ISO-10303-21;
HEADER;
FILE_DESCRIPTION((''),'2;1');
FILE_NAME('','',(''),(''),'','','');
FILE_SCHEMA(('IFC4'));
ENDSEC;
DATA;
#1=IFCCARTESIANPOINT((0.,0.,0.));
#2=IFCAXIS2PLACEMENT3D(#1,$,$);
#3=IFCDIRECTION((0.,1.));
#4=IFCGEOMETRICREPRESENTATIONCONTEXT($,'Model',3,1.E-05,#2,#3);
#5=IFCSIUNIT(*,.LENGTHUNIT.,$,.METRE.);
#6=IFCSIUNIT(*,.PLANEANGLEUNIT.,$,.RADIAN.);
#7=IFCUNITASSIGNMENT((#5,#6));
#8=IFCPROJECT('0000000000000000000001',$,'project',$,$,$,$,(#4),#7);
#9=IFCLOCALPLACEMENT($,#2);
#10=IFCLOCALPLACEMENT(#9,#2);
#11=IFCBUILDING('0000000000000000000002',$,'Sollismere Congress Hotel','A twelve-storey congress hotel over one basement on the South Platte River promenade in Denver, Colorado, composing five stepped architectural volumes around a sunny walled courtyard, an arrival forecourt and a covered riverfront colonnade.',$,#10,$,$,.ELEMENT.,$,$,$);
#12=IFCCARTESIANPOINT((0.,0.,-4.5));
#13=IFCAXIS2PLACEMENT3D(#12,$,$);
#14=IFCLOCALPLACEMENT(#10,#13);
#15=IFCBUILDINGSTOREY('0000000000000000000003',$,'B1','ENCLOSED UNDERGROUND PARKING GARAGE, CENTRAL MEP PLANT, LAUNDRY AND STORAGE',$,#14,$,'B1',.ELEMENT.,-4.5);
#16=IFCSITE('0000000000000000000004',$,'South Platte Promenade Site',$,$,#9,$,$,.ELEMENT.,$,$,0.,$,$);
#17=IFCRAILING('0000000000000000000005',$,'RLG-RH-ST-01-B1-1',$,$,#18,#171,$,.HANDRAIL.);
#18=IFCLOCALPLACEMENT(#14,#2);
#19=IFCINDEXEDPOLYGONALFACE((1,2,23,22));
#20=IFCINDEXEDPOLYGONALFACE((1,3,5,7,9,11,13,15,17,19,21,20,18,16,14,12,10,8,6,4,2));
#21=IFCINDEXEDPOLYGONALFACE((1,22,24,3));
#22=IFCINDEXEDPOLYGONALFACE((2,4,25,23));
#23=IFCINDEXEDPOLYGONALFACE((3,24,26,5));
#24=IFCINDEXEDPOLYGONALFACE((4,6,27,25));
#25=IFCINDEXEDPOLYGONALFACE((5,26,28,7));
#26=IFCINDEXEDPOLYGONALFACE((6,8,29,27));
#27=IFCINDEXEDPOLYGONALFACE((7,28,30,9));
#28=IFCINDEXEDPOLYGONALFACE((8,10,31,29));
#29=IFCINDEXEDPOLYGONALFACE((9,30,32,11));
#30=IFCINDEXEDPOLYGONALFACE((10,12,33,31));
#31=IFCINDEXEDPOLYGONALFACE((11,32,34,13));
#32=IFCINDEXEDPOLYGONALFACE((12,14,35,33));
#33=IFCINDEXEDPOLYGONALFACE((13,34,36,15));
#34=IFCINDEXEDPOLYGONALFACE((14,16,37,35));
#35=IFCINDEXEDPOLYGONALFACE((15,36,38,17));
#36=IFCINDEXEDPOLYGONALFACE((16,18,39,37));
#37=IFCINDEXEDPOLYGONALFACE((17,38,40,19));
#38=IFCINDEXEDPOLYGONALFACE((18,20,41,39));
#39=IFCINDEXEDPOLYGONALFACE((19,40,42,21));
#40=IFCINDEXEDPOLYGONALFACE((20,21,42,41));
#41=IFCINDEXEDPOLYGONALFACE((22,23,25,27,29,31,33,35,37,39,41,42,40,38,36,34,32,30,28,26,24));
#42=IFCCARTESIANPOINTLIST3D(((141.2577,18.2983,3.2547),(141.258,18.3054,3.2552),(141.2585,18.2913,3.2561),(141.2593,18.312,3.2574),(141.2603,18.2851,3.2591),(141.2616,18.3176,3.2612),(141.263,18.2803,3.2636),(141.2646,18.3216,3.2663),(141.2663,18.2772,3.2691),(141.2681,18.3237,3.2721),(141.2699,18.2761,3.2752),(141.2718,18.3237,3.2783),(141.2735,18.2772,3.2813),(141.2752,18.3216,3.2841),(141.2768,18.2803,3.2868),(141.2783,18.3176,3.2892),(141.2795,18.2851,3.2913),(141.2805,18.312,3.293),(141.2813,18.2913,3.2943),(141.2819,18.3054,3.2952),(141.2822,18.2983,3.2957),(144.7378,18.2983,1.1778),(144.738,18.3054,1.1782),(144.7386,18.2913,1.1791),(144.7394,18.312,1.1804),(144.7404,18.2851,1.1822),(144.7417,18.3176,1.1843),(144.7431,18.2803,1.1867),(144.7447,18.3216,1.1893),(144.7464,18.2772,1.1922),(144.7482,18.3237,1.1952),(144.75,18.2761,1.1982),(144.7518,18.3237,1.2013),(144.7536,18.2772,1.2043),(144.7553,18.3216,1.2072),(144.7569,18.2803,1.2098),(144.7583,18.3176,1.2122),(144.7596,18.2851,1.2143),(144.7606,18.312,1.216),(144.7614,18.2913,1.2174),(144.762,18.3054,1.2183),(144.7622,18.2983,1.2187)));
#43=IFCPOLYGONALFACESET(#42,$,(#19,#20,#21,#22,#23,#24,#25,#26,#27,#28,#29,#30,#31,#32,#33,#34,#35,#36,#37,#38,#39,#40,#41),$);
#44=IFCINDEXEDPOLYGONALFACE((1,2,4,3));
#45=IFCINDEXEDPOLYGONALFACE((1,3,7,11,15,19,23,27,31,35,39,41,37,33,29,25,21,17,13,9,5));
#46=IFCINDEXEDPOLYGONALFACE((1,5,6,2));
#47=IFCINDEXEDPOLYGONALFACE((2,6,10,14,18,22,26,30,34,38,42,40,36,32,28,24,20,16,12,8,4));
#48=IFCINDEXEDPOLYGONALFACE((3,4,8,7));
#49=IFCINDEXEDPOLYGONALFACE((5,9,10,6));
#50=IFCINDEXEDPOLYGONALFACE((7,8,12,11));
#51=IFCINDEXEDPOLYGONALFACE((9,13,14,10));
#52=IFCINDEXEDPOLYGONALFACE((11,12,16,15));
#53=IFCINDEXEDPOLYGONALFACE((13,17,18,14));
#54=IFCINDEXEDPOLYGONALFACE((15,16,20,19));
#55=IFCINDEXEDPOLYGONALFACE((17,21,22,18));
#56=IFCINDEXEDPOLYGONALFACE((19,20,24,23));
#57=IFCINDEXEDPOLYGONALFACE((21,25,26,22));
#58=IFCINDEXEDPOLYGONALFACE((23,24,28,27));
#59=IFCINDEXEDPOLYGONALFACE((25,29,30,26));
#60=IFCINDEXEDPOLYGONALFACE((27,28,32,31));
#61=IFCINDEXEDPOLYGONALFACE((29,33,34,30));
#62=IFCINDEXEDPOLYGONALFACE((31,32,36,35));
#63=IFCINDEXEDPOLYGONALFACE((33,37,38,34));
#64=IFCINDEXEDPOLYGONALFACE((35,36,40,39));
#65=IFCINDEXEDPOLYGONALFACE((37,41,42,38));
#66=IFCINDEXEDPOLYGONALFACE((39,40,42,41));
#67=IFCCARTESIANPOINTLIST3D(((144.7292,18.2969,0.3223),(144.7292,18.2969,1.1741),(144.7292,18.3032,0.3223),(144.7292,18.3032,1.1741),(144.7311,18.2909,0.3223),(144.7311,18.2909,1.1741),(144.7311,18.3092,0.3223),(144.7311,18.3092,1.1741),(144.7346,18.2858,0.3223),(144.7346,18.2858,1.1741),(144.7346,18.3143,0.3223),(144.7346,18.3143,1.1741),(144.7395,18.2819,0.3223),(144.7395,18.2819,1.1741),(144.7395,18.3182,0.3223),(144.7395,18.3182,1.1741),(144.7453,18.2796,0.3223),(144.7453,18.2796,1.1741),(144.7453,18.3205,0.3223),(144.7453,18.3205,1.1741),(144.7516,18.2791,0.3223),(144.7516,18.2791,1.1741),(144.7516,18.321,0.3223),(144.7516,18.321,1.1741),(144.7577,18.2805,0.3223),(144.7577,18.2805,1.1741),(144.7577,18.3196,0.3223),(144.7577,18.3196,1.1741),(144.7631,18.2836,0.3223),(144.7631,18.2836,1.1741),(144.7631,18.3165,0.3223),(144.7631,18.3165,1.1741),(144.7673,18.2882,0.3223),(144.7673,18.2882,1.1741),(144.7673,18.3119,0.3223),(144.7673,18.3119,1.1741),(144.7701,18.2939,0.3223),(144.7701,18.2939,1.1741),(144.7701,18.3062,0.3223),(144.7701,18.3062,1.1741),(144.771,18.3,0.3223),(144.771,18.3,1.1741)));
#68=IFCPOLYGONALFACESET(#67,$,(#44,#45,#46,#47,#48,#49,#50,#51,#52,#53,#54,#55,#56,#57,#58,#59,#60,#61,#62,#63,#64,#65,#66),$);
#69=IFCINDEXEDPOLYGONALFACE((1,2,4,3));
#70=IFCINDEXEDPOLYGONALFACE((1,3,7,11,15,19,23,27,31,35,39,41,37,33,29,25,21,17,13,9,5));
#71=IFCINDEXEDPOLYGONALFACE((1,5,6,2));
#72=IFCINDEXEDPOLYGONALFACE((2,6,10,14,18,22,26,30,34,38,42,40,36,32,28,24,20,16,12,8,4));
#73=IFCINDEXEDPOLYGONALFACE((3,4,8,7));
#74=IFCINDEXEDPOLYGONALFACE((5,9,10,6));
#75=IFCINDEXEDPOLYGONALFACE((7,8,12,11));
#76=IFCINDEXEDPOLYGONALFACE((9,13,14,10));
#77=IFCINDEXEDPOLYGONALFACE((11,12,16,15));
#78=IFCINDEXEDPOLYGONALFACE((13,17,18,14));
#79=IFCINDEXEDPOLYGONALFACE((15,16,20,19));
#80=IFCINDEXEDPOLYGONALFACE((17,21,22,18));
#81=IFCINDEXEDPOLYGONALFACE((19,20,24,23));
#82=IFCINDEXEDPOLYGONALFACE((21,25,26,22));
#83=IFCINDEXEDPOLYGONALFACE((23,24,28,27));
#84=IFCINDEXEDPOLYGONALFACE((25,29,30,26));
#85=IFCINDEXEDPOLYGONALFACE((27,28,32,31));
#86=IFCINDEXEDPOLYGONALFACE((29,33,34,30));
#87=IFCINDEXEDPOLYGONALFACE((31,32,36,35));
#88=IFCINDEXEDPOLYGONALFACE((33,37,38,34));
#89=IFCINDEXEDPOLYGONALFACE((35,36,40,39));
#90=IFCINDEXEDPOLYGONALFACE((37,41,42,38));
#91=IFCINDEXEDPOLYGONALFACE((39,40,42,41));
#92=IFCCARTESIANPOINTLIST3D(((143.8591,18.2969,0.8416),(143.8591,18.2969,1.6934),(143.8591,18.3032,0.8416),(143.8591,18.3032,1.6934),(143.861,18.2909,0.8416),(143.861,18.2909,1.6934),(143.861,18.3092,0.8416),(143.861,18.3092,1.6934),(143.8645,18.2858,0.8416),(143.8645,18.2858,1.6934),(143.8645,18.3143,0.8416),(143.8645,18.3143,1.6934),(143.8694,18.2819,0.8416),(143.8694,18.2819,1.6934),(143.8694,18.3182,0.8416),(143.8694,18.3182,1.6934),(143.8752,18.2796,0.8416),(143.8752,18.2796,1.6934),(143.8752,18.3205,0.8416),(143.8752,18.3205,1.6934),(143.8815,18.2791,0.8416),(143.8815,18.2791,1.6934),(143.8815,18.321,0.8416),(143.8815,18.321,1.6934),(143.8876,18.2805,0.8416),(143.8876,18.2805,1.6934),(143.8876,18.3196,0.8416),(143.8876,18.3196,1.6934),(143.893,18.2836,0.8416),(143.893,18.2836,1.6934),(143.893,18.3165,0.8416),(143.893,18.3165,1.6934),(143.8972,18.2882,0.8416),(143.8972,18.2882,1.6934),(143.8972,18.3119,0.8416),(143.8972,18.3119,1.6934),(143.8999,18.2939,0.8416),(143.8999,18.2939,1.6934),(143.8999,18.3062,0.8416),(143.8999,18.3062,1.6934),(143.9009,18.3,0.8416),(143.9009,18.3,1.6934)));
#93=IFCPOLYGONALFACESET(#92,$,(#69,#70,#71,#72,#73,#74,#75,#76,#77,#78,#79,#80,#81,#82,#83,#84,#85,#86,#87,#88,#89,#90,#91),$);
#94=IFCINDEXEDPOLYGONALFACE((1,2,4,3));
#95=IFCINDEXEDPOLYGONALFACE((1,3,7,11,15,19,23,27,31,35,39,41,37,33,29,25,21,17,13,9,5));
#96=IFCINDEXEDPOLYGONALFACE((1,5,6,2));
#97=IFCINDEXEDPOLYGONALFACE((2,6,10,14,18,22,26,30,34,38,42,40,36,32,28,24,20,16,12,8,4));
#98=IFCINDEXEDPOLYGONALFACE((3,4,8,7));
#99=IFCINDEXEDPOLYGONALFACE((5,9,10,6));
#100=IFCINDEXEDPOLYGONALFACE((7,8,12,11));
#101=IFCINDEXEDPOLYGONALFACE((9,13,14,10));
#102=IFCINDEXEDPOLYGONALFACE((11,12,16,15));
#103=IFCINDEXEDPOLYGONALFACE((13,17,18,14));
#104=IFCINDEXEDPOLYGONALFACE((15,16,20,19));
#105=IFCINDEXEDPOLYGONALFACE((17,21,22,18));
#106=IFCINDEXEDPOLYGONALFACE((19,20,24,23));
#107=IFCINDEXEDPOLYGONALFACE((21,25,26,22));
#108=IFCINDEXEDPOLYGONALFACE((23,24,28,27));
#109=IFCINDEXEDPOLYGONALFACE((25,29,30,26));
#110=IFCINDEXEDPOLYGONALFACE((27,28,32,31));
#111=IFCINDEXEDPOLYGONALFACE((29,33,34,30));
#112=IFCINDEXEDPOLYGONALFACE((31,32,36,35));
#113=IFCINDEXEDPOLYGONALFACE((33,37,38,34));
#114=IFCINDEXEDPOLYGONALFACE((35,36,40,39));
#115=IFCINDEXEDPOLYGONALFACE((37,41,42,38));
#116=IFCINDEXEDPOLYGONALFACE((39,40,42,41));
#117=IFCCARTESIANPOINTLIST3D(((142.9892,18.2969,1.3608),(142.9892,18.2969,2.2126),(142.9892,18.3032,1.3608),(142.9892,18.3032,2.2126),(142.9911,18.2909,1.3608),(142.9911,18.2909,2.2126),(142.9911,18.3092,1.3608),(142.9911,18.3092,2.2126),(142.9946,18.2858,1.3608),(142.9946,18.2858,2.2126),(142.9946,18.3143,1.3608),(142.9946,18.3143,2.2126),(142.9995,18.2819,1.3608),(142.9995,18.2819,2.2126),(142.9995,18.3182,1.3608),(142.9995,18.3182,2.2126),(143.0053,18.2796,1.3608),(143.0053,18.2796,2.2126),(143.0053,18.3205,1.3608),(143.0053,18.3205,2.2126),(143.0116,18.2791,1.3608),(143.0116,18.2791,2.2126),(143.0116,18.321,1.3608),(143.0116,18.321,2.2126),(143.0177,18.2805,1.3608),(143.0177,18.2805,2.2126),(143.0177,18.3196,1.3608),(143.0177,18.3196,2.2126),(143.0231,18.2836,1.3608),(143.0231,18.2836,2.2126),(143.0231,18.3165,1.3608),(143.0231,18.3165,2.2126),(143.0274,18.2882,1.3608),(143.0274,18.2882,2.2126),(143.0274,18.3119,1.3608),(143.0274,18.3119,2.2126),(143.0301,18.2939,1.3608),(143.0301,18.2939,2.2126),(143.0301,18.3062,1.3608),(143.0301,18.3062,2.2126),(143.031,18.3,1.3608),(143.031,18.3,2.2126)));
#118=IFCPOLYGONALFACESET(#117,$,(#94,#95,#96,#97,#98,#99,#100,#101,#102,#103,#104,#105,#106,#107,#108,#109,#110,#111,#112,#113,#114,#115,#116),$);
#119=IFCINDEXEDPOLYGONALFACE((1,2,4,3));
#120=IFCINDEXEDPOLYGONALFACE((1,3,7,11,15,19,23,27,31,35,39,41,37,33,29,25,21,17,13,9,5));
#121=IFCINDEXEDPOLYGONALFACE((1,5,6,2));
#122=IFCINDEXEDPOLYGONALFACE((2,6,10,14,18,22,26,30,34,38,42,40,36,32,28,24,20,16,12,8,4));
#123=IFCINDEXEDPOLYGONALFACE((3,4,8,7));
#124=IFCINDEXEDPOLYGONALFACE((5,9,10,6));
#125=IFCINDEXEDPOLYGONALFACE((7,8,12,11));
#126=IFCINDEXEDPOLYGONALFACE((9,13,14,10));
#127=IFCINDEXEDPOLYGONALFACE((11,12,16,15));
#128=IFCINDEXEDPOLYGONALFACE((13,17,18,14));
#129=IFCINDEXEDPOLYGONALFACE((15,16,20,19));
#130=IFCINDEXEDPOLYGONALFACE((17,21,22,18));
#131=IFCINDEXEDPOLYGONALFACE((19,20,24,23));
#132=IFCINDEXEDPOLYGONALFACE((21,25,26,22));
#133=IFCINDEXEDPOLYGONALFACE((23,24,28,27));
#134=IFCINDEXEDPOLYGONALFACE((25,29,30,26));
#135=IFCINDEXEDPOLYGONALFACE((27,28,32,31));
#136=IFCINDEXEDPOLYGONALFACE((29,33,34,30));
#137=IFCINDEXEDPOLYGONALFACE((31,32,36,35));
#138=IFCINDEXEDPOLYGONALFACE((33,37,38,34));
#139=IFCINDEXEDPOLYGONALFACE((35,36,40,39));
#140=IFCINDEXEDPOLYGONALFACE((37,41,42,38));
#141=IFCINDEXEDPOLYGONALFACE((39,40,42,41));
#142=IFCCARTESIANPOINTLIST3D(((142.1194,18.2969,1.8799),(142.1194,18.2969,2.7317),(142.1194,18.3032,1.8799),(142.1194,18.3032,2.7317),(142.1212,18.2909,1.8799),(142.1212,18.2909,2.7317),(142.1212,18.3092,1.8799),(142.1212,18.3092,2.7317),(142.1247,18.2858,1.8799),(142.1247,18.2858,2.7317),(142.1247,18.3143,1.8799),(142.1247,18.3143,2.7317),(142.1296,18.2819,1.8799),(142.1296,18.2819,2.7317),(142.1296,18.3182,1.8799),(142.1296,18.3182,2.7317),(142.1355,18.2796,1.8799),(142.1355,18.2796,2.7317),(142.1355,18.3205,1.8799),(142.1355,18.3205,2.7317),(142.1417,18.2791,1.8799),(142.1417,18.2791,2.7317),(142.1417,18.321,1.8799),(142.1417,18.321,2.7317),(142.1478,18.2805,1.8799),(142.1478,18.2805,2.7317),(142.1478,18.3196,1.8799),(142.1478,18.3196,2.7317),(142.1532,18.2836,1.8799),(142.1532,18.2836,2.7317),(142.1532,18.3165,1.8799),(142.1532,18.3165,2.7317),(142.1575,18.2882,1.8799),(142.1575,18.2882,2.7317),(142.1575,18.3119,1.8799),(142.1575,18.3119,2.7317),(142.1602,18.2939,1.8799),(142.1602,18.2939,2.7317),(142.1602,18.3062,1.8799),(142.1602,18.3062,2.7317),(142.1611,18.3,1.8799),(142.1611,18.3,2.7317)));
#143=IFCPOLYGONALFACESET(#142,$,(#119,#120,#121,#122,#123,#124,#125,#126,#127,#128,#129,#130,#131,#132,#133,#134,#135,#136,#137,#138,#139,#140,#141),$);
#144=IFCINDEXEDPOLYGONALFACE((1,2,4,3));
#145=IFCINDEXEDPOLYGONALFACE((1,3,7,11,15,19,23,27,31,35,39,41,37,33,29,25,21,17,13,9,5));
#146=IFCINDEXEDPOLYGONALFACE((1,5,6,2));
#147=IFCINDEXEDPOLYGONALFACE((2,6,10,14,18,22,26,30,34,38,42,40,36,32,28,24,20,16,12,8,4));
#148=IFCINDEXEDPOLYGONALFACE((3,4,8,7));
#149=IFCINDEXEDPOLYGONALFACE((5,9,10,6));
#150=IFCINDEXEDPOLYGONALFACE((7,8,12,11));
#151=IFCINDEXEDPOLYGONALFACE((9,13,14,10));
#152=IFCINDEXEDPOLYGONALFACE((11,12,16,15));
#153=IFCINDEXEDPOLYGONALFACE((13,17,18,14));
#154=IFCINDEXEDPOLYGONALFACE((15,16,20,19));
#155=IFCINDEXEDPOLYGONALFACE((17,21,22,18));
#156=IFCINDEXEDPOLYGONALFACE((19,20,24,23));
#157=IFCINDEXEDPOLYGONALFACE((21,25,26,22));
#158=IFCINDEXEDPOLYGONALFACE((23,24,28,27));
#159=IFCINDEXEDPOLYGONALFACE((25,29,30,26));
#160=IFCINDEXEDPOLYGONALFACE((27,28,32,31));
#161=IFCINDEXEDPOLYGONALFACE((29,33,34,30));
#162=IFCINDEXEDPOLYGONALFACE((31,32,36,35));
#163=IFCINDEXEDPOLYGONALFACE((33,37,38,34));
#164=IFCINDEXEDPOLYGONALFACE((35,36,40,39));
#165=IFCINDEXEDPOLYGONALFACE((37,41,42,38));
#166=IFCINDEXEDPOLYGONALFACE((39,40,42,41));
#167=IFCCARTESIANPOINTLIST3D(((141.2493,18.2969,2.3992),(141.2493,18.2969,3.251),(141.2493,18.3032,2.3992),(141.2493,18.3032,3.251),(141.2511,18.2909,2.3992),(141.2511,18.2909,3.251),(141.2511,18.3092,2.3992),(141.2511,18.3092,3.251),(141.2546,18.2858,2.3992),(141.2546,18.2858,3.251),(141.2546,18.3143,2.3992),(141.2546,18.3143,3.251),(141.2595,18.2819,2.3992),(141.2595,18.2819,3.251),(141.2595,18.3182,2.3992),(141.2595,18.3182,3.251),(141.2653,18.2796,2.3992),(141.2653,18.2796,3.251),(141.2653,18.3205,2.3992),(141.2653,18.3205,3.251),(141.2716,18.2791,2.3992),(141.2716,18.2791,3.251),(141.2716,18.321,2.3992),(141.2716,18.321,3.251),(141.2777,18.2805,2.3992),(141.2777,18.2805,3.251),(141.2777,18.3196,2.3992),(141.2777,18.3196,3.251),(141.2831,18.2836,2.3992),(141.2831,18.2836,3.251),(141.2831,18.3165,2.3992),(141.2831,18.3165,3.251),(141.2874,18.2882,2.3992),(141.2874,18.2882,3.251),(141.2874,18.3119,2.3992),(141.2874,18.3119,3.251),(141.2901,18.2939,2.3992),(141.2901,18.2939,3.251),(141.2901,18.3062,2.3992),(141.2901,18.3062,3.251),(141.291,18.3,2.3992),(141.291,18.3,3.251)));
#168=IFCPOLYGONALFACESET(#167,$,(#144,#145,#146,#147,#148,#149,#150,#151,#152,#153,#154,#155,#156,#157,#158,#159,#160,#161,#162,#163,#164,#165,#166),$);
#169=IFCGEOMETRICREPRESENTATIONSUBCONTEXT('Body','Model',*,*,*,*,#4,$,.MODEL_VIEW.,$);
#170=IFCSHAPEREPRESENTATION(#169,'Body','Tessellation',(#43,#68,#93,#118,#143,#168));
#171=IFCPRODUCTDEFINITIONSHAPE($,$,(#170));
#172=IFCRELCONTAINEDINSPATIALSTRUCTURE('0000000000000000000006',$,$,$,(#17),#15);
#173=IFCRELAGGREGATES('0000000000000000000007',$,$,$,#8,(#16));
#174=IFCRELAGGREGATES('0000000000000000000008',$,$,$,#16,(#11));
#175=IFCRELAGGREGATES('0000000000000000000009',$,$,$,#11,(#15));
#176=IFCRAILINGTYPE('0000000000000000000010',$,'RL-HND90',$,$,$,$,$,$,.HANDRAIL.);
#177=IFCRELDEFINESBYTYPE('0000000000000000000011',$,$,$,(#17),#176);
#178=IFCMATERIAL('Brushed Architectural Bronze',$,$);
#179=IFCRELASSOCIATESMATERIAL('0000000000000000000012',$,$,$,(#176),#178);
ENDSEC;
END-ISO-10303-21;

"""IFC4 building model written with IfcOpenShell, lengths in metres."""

from ifc_helpers import new_model, si_unit, direction, frame, origin, origin_2d, place, context, subcontext, project, spatial, circle, extrude, material, type_object, element, save


model = new_model("IFC4")

# Units and contexts
model_context = context("Model", 3, precision=1e-05, world=origin(), true_north=direction((0.0, 1.0)))
body_context = subcontext(model_context, "Body", "Model", "MODEL_VIEW")
ifc_project = project(units=[si_unit("LENGTHUNIT", "METRE"), si_unit("PLANEANGLEUNIT", "RADIAN")], contexts=[model_context])

# Site, building, storey
site_placement = place(None, origin())
site = spatial("IfcSite", under=ifc_project, at=site_placement, Name="South Platte Promenade Site", CompositionType="ELEMENT", RefElevation=0.0)
building_placement = place(site_placement, origin())
building = spatial("IfcBuilding", under=site, at=building_placement, Name="Sollismere Congress Hotel", Description="A twelve-storey congress hotel over one basement on the South Platte River promenade in Denver, Colorado, composing five stepped architectural volumes around a sunny walled courtyard, an arrival forecourt and a covered riverfront colonnade.", CompositionType="ELEMENT")
storey_placement = place(building_placement, frame((0.0, 0.0, -4.5)))
storey = spatial("IfcBuildingStorey", under=building, at=storey_placement, Name="B1", Description="ENCLOSED UNDERGROUND PARKING GARAGE, CENTRAL MEP PLANT, LAUNDRY AND STORAGE", LongName="B1", CompositionType="ELEMENT", Elevation=-4.5)

# Railing
ifc_material_1 = material(Name="Brushed Architectural Bronze")
railing_type_1 = type_object("IfcRailingType", Name="RL-HND90", PredefinedType="HANDRAIL", material=ifc_material_1)
railing_1_placement = place(storey_placement, frame((144.75, 18.3, 0.3223)))
element("IfcRailing", 1, at=railing_1_placement, inside=storey, type_object=railing_type_1, Name="RLG-RH-ST-01-B1-1", PredefinedType="HANDRAIL", context=body_context, shape_type="SweptSolid", body=[
    extrude(circle(Radius=0.0239, at=origin_2d()), frame((0.0, 0.0, 0.876), z_axis=(-0.858697, 0.0, 0.512483), x_axis=(0.0, -1.0, 0.0)), (0.0, 0.0, 1.0), 4.0527),
    extrude(circle(Radius=0.021, at=origin_2d()), origin(), (0.0, 0.0, 1.0), 0.8518),
    extrude(circle(Radius=0.021, at=origin_2d()), frame((-0.8701, 0.0, 0.5193)), (0.0, 0.0, 1.0), 0.8518),
    extrude(circle(Radius=0.021, at=origin_2d()), frame((-1.74, 0.0, 1.0386)), (0.0, 0.0, 1.0), 0.8518),
    extrude(circle(Radius=0.021, at=origin_2d()), frame((-2.6099, 0.0, 1.5576)), (0.0, 0.0, 1.0), 0.8518),
    extrude(circle(Radius=0.021, at=origin_2d()), frame((-3.48, 0.0, 2.0769)), (0.0, 0.0, 1.0), 0.8518),
])

save(model, "model.ifc")
